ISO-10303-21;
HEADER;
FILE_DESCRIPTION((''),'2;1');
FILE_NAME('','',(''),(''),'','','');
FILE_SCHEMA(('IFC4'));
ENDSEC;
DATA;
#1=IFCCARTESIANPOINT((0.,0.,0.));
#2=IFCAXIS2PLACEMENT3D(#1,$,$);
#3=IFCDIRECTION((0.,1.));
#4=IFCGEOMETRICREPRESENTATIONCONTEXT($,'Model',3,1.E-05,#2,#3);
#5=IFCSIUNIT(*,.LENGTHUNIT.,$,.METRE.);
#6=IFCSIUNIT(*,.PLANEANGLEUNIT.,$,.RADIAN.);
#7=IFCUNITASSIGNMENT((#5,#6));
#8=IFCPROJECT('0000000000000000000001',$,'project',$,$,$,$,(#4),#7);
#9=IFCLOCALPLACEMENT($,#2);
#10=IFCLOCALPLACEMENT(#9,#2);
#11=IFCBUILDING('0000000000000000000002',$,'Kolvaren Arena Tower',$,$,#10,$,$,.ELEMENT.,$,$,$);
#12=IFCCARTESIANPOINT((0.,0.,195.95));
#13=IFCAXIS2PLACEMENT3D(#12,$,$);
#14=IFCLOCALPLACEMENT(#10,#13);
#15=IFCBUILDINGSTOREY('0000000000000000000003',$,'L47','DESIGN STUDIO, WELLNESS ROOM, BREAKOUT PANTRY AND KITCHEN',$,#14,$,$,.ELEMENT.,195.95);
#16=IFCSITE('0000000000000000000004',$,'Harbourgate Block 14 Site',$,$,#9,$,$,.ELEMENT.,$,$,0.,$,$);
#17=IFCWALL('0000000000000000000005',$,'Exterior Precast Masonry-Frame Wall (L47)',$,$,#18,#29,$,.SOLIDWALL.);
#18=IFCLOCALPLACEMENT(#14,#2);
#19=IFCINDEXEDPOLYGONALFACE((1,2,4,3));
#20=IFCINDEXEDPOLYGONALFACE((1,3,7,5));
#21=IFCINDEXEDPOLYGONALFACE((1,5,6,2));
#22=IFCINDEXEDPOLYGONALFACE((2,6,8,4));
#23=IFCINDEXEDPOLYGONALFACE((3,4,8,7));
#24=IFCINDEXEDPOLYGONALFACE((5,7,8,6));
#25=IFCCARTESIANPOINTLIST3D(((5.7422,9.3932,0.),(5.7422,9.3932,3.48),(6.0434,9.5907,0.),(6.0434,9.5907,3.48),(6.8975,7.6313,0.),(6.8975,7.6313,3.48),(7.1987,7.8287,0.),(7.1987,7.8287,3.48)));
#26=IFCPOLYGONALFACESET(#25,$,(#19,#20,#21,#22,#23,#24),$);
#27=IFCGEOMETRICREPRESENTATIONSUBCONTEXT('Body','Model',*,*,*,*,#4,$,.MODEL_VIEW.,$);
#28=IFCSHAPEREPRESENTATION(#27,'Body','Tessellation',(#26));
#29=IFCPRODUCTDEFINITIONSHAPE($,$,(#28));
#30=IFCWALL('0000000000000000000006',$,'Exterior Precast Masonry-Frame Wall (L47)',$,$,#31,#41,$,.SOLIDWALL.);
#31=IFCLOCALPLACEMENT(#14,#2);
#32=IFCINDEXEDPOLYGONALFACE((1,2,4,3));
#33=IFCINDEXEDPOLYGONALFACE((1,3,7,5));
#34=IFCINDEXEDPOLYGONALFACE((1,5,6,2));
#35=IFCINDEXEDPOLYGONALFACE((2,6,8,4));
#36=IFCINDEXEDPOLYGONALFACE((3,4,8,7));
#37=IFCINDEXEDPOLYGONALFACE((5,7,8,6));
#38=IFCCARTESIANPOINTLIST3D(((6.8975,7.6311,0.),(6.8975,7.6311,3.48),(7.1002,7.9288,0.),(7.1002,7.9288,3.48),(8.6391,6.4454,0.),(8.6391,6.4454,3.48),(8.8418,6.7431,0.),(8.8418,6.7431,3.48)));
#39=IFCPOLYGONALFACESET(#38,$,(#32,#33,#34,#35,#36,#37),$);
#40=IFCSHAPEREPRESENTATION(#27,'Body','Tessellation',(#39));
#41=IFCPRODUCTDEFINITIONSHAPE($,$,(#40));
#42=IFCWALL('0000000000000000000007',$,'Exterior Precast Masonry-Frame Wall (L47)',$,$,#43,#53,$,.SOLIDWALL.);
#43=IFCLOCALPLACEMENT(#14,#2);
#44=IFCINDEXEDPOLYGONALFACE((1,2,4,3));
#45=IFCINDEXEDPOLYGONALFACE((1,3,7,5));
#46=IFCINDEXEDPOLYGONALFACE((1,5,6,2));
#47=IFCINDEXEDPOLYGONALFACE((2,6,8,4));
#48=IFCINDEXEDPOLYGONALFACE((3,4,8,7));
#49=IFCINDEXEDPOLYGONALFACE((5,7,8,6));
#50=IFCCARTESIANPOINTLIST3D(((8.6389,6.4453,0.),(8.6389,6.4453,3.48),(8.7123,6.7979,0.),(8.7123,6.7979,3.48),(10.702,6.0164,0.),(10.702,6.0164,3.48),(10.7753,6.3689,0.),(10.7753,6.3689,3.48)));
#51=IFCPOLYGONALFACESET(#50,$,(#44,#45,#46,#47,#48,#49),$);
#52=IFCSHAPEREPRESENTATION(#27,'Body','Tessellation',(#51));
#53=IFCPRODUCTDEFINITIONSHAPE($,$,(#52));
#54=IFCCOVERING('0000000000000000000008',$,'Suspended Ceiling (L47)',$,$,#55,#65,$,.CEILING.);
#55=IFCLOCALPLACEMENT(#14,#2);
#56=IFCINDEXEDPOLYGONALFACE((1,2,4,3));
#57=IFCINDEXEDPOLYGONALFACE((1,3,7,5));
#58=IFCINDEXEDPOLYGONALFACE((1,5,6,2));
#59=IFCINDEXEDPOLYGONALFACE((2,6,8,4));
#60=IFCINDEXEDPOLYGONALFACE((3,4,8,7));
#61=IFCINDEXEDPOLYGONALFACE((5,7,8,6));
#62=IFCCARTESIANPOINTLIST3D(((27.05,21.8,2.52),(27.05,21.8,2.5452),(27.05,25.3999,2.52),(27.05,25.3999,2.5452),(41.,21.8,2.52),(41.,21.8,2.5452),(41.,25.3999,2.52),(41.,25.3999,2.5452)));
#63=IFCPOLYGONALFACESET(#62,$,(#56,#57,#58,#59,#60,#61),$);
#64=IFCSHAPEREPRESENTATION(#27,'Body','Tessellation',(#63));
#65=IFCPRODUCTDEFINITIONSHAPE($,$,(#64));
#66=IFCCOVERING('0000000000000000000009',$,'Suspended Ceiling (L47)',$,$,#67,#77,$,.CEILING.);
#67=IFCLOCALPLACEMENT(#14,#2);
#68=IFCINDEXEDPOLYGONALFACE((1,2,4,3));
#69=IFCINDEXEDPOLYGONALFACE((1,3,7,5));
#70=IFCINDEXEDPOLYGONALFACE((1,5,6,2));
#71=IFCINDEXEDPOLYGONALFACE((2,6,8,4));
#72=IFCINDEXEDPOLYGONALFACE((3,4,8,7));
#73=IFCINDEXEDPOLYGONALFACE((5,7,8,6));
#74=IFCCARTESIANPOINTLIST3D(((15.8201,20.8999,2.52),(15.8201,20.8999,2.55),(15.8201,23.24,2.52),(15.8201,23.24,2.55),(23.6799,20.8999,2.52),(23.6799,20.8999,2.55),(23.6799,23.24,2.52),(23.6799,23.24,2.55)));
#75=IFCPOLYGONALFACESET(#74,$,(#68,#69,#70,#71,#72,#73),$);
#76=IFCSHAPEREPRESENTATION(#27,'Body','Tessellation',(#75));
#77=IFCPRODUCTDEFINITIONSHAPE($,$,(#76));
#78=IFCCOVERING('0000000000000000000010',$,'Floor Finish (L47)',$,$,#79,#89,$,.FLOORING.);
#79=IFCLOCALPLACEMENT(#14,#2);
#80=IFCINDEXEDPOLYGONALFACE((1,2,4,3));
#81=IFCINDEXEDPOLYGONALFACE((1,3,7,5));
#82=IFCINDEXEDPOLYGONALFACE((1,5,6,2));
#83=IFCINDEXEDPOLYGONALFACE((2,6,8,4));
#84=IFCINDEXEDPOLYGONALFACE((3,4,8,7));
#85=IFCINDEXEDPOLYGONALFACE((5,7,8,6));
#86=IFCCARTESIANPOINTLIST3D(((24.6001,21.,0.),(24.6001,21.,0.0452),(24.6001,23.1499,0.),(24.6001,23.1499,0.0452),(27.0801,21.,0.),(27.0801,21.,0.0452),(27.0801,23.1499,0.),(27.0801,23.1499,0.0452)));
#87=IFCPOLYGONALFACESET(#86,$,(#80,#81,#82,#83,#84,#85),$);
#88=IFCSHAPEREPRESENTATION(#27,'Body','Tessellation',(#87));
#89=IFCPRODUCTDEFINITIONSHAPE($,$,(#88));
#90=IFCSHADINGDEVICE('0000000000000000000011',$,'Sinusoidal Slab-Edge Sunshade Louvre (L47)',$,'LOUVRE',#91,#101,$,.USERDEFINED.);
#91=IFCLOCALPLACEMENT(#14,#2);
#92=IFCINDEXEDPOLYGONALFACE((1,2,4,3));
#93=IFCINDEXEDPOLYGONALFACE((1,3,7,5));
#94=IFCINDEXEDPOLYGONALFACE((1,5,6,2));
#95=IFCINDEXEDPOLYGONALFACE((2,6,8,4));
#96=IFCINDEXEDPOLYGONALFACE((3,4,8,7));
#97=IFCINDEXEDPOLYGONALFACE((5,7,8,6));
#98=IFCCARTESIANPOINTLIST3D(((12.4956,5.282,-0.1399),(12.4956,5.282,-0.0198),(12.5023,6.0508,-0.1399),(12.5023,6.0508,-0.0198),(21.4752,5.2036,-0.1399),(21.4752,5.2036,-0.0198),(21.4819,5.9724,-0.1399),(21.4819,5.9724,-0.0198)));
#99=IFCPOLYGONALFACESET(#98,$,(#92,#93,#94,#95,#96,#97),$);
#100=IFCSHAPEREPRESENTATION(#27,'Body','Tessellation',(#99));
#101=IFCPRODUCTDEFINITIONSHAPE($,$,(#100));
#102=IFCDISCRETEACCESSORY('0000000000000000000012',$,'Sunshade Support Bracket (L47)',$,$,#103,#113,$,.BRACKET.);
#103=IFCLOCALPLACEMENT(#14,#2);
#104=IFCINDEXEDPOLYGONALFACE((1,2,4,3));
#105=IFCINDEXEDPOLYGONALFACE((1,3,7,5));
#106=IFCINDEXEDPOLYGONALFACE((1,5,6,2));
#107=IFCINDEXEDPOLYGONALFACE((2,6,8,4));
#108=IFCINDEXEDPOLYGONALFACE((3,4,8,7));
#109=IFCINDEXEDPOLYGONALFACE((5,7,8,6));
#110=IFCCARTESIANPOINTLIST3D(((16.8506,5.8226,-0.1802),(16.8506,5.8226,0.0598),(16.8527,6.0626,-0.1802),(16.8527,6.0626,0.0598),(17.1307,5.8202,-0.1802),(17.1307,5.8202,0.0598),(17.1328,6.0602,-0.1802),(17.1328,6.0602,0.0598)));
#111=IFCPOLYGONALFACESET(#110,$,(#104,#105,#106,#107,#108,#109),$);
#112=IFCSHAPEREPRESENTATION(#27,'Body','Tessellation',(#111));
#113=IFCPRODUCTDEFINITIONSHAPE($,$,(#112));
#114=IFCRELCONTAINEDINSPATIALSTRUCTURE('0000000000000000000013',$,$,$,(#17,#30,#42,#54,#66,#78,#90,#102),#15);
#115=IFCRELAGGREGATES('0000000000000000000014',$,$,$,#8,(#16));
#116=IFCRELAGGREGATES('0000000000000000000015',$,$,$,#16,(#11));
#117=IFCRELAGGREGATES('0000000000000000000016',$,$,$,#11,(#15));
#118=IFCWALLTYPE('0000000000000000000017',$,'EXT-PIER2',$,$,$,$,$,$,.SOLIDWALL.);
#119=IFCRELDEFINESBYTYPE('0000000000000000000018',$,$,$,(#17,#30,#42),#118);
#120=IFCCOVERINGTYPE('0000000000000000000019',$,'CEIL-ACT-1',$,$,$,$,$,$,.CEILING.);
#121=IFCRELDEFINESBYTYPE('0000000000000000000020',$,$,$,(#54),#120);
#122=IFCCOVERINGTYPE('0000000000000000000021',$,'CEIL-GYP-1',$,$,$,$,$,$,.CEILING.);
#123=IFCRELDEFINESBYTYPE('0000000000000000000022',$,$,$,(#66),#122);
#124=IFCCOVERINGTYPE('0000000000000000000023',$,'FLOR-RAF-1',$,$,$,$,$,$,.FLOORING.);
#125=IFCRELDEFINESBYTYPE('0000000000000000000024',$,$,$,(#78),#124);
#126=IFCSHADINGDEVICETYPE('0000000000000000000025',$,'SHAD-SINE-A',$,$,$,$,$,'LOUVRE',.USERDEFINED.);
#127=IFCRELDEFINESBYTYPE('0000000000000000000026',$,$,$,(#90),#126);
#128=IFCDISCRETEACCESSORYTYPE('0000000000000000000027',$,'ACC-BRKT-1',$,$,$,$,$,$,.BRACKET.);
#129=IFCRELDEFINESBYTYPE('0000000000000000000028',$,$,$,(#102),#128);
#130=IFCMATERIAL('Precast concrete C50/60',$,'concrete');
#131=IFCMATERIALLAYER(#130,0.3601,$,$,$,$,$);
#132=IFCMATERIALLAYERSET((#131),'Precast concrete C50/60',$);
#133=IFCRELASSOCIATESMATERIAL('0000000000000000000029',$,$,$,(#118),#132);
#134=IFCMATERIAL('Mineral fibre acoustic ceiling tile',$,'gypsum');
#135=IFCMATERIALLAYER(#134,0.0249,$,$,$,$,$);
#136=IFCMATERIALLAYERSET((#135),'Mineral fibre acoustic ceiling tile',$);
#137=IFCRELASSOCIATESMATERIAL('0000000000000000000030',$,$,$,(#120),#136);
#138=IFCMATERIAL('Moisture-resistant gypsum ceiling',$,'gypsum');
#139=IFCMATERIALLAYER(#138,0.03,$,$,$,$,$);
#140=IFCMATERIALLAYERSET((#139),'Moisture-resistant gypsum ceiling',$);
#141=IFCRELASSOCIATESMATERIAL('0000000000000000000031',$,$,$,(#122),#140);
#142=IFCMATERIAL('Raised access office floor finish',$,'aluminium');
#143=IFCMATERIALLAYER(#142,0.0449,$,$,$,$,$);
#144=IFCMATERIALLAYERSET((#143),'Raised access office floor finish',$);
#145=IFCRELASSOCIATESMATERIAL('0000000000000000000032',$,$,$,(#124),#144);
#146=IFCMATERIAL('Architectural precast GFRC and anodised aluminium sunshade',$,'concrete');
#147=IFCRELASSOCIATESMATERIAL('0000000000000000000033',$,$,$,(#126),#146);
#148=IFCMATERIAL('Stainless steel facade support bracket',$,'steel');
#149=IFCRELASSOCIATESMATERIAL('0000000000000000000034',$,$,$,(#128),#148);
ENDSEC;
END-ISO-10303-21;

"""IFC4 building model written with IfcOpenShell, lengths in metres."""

from ifc_helpers import new_model, si_unit, direction, frame, frame_2d, origin, origin_2d, place, context, subcontext, project, spatial, polyline, rectangle, outline, extrude, material, layer, layer_set, type_object, element, save


model = new_model("IFC4")

# Units and contexts
model_context = context("Model", 3, precision=1e-05, world=origin(), true_north=direction((0.0, 1.0)))
body_context = subcontext(model_context, "Body", "Model", "MODEL_VIEW")
ifc_project = project(units=[si_unit("LENGTHUNIT", "METRE"), si_unit("PLANEANGLEUNIT", "RADIAN")], contexts=[model_context])

# Site, building, storey
site_placement = place(None, origin())
site = spatial("IfcSite", under=ifc_project, at=site_placement, Name="Harbourgate Block 14 Site", CompositionType="ELEMENT", RefElevation=0.0)
building_placement = place(site_placement, origin())
building = spatial("IfcBuilding", under=site, at=building_placement, Name="Kolvaren Arena Tower", CompositionType="ELEMENT")
storey_placement = place(building_placement, frame((0.0, 0.0, 195.95)))
storey = spatial("IfcBuildingStorey", under=building, at=storey_placement, Name="L47", Description="DESIGN STUDIO, WELLNESS ROOM, BREAKOUT PANTRY AND KITCHEN", CompositionType="ELEMENT", Elevation=195.95)

# Walls
ifc_material_1 = material(Name="Precast concrete C50/60", Category="concrete")
ifc_layer_1 = layer(ifc_material_1, 0.3601)
ifc_layer_set_1 = layer_set([ifc_layer_1], Name="Precast concrete C50/60")
wall_type = type_object("IfcWallType", Name="EXT-PIER2", PredefinedType="SOLIDWALL", material=ifc_layer_set_1)
for number, where, z_axis, x_axis, name in (
    (1, (7.0481, 7.73, 0.0), (0.0, 0.0, 1.0), (-0.54832, 0.836269, 0.0), "Exterior Precast Masonry-Frame Wall (L47)"),
    (2, (8.7405, 6.5942, 0.0), (0.0, 0.0, 1.0), (-0.82661, 0.562776, 0.0), "Exterior Precast Masonry-Frame Wall (L47)"),
):
    element("IfcWall", number, at=place(storey_placement, frame(where, z_axis=z_axis, x_axis=x_axis)), inside=storey, type_object=wall_type, Name=name, PredefinedType="SOLIDWALL", context=body_context, shape_type="SweptSolid", body=[
        extrude(rectangle(XDim=2.1069, YDim=0.3601, at=frame_2d((1.0535, 0.0))), origin(), (0.0, 0.0, 1.0), 3.48),
    ])
wall_placement = place(storey_placement, frame((10.7388, 6.1926, 0.0), z_axis=(0.0, 0.0, 1.0), x_axis=(-0.979059, 0.203575, 0.0)))
element("IfcWall", 3, at=wall_placement, inside=storey, type_object=wall_type, Name="Exterior Precast Masonry-Frame Wall (L47)", PredefinedType="SOLIDWALL", context=body_context, shape_type="SweptSolid", body=[
    extrude(rectangle(XDim=2.1072, YDim=0.3601, at=frame_2d((1.0537, 0.0))), origin(), (0.0, 0.0, 1.0), 3.48),
])

# Coverings
ifc_material_2 = material(Name="Mineral fibre acoustic ceiling tile", Category="gypsum")
ifc_layer_2 = layer(ifc_material_2, 0.0249)
ifc_layer_set_2 = layer_set([ifc_layer_2], Name="Mineral fibre acoustic ceiling tile")
covering_type_1 = type_object("IfcCoveringType", Name="CEIL-ACT-1", PredefinedType="CEILING", material=ifc_layer_set_2)
covering_1_placement = place(storey_placement, frame((0.0, 0.0, 2.52)))
element("IfcCovering", 4, at=covering_1_placement, inside=storey, type_object=covering_type_1, Name="Suspended Ceiling (L47)", PredefinedType="CEILING", context=body_context, shape_type="SweptSolid", body=[
    extrude(outline(polyline([(27.05, 21.8), (27.05, 25.3999), (41.0, 25.3999), (41.0, 21.8), (27.05, 21.8)])), origin(), (0.0, 0.0, 1.0), 0.0251),
])
ifc_material_3 = material(Name="Moisture-resistant gypsum ceiling", Category="gypsum")
ifc_layer_3 = layer(ifc_material_3, 0.03)
ifc_layer_set_3 = layer_set([ifc_layer_3], Name="Moisture-resistant gypsum ceiling")
covering_type_2 = type_object("IfcCoveringType", Name="CEIL-GYP-1", PredefinedType="CEILING", material=ifc_layer_set_3)
covering_2_placement = place(storey_placement, frame((0.0, 0.0, 2.52)))
element("IfcCovering", 5, at=covering_2_placement, inside=storey, type_object=covering_type_2, Name="Suspended Ceiling (L47)", PredefinedType="CEILING", context=body_context, shape_type="SweptSolid", body=[
    extrude(outline(polyline([(15.8201, 20.8999), (15.8201, 23.24), (23.6799, 23.24), (23.6799, 20.8999), (15.8201, 20.8999)])), origin(), (0.0, 0.0, 1.0), 0.03),
])
ifc_material_4 = material(Name="Raised access office floor finish", Category="aluminium")
ifc_layer_4 = layer(ifc_material_4, 0.0449)
ifc_layer_set_4 = layer_set([ifc_layer_4], Name="Raised access office floor finish")
covering_type_3 = type_object("IfcCoveringType", Name="FLOR-RAF-1", PredefinedType="FLOORING", material=ifc_layer_set_4)
covering_3_placement = place(storey_placement, origin())
element("IfcCovering", 6, at=covering_3_placement, inside=storey, type_object=covering_type_3, Name="Floor Finish (L47)", PredefinedType="FLOORING", context=body_context, shape_type="SweptSolid", body=[
    extrude(outline(polyline([(24.6001, 21.0), (24.6001, 23.1499), (27.0801, 23.1499), (27.0801, 21.0), (24.6001, 21.0)])), origin(), (0.0, 0.0, 1.0), 0.0452),
])

# Shading device
ifc_material_5 = material(Name="Architectural precast GFRC and anodised aluminium sunshade", Category="concrete")
shading_device_type = type_object("IfcShadingDeviceType", Name="SHAD-SINE-A", ElementType="LOUVRE", PredefinedType="USERDEFINED", material=ifc_material_5)
shading_device_placement = place(storey_placement, frame((16.9888, 5.6272, -0.1399), z_axis=(0.0, 0.0, 1.0), x_axis=(-0.999962, 0.008727, 0.0)))
element("IfcShadingDevice", 7, at=shading_device_placement, inside=storey, type_object=shading_device_type, Name="Sinusoidal Slab-Edge Sunshade Louvre (L47)", ObjectType="LOUVRE", PredefinedType="USERDEFINED", context=body_context, shape_type="SweptSolid", body=[
    extrude(rectangle(XDim=8.98, YDim=0.7688, at=origin_2d()), origin(), (0.0, 0.0, 1.0), 0.1201),
])

# Discrete accessory
ifc_material_6 = material(Name="Stainless steel facade support bracket", Category="steel")
discrete_accessory_type = type_object("IfcDiscreteAccessoryType", Name="ACC-BRKT-1", PredefinedType="BRACKET", material=ifc_material_6)
discrete_accessory_placement = place(storey_placement, frame((16.9917, 5.9414, -0.1802), z_axis=(0.0, 0.0, 1.0), x_axis=(-0.999962, 0.008727, 0.0)))
element("IfcDiscreteAccessory", 8, at=discrete_accessory_placement, inside=storey, type_object=discrete_accessory_type, Name="Sunshade Support Bracket (L47)", PredefinedType="BRACKET", context=body_context, shape_type="SweptSolid", body=[
    extrude(rectangle(XDim=0.28, YDim=0.24, at=origin_2d()), origin(), (0.0, 0.0, 1.0), 0.24),
])

save(model, "model.ifc")
